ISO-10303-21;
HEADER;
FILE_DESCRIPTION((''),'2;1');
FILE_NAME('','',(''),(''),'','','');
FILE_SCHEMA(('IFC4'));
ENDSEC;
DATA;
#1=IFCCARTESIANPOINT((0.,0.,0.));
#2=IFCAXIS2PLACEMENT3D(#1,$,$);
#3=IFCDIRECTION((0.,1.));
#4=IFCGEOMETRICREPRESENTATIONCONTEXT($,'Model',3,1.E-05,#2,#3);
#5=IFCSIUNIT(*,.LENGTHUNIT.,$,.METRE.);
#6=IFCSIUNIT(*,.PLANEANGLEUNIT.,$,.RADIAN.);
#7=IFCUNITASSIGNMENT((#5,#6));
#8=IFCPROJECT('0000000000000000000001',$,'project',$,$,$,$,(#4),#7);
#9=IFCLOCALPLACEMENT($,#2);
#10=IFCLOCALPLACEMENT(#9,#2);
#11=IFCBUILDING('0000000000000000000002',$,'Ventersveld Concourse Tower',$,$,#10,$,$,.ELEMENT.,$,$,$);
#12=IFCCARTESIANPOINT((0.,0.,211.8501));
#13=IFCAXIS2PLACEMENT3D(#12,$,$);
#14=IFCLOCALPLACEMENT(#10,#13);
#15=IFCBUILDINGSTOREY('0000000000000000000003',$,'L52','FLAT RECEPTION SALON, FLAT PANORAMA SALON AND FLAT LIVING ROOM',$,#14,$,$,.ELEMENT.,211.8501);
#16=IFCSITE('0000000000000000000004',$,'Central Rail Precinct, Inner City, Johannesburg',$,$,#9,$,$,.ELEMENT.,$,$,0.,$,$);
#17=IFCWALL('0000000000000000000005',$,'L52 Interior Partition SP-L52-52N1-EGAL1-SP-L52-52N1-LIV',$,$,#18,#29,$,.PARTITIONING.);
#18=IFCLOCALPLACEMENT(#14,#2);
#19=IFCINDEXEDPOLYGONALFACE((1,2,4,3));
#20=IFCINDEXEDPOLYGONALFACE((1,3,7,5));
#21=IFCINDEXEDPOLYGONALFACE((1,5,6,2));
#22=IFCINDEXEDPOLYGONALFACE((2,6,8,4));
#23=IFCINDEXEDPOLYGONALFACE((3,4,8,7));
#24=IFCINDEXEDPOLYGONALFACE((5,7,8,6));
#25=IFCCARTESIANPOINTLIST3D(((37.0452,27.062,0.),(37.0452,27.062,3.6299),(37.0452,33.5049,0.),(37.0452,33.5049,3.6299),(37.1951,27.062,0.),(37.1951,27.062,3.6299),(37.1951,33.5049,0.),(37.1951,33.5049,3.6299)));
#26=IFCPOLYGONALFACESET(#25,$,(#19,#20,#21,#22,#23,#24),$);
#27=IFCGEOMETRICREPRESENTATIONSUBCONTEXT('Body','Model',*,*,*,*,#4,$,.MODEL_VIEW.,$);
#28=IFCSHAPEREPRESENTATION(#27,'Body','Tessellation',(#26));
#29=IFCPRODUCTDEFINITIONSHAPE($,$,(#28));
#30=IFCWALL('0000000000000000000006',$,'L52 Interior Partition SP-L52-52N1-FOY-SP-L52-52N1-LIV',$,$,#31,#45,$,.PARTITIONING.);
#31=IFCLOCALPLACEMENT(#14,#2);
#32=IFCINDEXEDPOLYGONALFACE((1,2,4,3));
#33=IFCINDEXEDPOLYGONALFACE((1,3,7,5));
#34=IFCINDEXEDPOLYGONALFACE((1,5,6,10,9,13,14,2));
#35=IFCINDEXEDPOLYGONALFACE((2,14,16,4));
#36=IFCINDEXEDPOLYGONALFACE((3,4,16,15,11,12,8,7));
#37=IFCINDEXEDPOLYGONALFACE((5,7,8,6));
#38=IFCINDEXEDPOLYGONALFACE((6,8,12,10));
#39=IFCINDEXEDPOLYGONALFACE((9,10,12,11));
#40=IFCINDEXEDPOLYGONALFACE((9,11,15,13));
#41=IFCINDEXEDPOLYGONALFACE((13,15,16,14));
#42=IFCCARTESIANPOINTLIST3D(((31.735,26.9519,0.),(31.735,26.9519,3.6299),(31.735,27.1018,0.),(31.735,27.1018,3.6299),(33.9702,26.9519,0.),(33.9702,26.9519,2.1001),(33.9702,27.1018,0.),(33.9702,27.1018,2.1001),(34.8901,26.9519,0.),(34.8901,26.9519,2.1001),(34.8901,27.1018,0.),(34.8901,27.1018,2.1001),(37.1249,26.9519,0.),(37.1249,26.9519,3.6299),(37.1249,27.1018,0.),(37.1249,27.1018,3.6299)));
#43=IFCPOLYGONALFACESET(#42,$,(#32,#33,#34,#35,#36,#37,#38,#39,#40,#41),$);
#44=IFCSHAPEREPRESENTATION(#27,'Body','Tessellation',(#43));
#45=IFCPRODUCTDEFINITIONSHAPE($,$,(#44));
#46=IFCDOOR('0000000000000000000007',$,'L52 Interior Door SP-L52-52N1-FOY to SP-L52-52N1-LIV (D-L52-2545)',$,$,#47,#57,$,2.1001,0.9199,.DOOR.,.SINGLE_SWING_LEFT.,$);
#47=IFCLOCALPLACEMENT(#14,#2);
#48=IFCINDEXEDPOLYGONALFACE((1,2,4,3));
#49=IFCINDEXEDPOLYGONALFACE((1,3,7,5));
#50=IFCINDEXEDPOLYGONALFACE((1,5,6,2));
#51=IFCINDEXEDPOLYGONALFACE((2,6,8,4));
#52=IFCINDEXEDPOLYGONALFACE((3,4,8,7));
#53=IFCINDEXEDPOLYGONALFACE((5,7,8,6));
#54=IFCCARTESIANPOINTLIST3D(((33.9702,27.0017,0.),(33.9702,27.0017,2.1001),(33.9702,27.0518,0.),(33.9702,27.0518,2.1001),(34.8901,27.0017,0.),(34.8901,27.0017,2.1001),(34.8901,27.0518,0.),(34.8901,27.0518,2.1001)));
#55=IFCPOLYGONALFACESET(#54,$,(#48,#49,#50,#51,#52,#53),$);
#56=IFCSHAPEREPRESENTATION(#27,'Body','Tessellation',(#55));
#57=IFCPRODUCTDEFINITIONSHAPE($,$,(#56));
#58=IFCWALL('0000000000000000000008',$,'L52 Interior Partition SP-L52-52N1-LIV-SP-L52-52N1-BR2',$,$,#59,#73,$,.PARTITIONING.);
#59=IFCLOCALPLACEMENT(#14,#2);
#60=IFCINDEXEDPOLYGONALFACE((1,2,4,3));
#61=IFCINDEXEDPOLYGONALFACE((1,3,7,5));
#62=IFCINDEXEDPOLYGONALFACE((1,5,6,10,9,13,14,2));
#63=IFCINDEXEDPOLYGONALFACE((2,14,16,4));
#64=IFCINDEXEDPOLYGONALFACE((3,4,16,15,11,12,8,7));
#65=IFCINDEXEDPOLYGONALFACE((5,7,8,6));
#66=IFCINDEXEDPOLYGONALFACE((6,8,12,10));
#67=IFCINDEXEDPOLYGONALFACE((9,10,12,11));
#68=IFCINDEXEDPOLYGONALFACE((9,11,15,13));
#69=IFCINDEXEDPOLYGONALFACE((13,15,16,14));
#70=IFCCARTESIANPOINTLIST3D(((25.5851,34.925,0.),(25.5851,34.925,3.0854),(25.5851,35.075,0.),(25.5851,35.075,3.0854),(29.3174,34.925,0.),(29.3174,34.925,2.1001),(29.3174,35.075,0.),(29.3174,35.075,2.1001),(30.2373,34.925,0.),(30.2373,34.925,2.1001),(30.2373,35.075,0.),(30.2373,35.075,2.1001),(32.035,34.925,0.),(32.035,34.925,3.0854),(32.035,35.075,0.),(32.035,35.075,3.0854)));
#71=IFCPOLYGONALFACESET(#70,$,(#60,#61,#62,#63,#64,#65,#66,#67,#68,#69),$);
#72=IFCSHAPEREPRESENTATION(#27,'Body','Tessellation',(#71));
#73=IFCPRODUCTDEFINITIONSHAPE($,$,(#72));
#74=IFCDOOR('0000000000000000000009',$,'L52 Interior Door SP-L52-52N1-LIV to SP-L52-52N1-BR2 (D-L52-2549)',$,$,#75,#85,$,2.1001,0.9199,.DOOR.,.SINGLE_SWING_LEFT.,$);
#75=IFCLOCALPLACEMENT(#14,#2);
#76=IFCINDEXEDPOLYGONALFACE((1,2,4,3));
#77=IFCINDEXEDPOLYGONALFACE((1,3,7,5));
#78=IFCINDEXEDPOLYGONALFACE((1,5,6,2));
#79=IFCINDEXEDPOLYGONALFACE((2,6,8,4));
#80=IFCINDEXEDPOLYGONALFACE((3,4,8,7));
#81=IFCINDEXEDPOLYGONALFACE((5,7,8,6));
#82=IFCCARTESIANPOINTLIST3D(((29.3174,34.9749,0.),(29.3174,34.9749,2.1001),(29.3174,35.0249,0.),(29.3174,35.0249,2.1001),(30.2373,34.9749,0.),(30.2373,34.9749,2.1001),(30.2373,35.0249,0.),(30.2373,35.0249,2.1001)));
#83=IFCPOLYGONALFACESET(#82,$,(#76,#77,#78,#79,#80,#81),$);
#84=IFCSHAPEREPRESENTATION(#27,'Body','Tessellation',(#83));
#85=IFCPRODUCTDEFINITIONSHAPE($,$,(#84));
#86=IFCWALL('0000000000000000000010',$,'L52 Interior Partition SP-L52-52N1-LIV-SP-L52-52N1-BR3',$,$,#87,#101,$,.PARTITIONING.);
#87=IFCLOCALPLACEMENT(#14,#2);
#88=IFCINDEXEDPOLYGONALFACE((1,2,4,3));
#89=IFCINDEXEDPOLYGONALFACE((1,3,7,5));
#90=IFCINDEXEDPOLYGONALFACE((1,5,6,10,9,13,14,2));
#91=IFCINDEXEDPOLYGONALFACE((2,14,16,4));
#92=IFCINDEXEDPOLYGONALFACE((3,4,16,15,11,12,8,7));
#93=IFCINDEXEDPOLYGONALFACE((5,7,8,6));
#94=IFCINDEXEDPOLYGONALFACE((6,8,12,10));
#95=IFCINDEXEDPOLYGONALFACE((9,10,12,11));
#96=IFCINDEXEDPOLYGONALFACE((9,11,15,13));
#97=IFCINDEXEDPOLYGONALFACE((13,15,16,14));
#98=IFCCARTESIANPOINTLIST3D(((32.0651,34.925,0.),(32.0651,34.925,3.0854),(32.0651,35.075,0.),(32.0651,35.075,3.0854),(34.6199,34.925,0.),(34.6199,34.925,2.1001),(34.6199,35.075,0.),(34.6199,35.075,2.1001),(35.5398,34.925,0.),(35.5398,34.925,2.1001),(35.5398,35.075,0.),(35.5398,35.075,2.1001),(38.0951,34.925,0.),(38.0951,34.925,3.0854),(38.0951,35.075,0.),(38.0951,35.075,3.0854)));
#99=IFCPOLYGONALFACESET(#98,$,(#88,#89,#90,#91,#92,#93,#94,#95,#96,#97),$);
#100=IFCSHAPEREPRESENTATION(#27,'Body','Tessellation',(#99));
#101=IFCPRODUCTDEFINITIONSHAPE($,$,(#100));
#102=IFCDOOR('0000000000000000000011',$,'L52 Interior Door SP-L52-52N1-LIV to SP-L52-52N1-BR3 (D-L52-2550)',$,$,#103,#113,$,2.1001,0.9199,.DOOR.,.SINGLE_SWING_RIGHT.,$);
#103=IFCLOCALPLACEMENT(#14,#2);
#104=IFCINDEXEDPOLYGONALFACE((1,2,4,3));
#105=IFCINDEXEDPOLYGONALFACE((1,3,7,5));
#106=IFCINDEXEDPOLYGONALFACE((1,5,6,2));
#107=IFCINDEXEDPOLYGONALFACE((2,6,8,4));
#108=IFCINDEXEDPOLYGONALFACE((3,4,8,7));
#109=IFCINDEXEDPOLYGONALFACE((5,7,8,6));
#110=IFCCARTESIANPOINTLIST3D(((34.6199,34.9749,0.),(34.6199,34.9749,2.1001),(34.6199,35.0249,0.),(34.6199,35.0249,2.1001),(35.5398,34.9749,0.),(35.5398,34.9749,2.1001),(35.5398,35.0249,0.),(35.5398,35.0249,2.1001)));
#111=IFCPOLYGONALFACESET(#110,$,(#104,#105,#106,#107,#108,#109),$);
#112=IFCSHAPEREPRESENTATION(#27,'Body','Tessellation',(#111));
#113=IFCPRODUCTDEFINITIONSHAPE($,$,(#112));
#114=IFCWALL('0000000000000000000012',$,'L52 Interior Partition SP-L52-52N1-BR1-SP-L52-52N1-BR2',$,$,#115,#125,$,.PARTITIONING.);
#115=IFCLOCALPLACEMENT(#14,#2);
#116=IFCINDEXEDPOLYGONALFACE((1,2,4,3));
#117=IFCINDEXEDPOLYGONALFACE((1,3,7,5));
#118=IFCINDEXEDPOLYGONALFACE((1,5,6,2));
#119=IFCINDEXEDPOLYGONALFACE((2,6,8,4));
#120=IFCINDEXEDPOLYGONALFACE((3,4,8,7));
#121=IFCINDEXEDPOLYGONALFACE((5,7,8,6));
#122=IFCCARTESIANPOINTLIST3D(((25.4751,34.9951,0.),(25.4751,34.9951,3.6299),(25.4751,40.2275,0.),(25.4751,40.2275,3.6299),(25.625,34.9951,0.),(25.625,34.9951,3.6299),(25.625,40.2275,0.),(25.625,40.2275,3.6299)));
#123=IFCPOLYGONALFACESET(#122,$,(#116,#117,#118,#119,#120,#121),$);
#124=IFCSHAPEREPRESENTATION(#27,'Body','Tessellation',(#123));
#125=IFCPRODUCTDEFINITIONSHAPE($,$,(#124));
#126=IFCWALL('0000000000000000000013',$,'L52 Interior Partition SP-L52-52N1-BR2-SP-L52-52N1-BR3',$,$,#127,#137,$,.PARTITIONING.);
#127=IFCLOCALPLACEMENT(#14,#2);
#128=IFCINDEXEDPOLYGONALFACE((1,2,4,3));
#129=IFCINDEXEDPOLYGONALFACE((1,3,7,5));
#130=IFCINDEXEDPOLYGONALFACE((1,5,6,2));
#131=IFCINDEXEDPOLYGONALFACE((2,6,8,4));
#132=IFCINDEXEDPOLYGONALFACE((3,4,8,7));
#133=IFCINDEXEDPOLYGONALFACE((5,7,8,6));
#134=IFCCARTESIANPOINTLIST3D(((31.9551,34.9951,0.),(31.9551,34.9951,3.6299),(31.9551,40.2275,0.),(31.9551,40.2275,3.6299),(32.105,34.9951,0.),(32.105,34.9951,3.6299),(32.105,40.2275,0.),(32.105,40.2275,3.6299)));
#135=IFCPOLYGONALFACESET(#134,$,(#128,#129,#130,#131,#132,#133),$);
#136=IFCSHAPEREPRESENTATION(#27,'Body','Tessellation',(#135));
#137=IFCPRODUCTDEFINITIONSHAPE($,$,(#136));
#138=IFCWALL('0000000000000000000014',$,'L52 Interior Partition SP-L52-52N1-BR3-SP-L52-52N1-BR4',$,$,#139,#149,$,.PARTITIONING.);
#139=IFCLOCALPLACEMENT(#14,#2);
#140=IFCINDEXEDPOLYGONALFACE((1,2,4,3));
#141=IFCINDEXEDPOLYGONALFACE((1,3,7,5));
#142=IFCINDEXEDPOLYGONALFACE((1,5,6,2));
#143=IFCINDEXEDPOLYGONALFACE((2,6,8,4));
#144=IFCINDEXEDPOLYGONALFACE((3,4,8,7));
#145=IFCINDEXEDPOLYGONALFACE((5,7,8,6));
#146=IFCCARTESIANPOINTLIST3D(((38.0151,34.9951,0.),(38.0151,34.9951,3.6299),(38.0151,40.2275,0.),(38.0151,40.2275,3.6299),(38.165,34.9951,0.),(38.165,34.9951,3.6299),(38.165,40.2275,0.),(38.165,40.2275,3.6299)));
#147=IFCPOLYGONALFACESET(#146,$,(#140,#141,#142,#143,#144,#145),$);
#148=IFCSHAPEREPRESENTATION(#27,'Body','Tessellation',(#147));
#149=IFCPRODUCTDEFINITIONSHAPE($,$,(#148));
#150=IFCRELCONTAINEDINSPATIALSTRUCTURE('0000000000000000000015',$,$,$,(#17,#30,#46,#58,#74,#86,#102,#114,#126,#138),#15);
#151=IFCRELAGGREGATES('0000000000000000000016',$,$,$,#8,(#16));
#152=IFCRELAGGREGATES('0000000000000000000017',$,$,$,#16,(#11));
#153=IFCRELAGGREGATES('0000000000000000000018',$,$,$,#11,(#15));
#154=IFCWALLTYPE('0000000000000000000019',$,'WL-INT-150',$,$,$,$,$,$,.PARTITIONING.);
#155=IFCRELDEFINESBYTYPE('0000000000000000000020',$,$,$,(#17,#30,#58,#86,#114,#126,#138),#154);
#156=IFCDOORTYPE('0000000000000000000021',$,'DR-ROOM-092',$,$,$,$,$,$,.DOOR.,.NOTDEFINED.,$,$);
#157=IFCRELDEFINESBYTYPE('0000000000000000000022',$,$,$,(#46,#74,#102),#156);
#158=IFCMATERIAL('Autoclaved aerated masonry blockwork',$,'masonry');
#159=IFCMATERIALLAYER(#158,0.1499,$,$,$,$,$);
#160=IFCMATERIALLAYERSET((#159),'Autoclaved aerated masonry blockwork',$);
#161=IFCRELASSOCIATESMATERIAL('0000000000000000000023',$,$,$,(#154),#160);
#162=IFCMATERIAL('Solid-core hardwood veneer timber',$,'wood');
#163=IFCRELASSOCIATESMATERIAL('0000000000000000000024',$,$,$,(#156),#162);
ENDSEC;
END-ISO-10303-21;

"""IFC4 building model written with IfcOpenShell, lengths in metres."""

from ifc_helpers import new_model, si_unit, direction, frame, frame_2d, origin, place, context, subcontext, project, spatial, rectangle, extrude, material, layer, layer_set, type_object, element, fill, save


model = new_model("IFC4")

# Units and contexts
model_context = context("Model", 3, precision=1e-05, world=origin(), true_north=direction((0.0, 1.0)))
body_context = subcontext(model_context, "Body", "Model", "MODEL_VIEW")
ifc_project = project(units=[si_unit("LENGTHUNIT", "METRE"), si_unit("PLANEANGLEUNIT", "RADIAN")], contexts=[model_context])

# Site, building, storey
site_placement = place(None, origin())
site = spatial("IfcSite", under=ifc_project, at=site_placement, Name="Central Rail Precinct, Inner City, Johannesburg", CompositionType="ELEMENT", RefElevation=0.0)
building_placement = place(site_placement, origin())
building = spatial("IfcBuilding", under=site, at=building_placement, Name="Ventersveld Concourse Tower", CompositionType="ELEMENT")
storey_placement = place(building_placement, frame((0.0, 0.0, 211.8501)))
storey = spatial("IfcBuildingStorey", under=building, at=storey_placement, Name="L52", Description="FLAT RECEPTION SALON, FLAT PANORAMA SALON AND FLAT LIVING ROOM", CompositionType="ELEMENT", Elevation=211.8501)

# Shared definitions
ifc_material_1 = material(Name="Autoclaved aerated masonry blockwork", Category="masonry")
ifc_layer = layer(ifc_material_1, 0.1499)
ifc_layer_set = layer_set([ifc_layer], Name="Autoclaved aerated masonry blockwork")
wall_type = type_object("IfcWallType", Name="WL-INT-150", PredefinedType="PARTITIONING", material=ifc_layer_set)

# Shared definitions
ifc_material_2 = material(Name="Solid-core hardwood veneer timber", Category="wood")
door_type = type_object("IfcDoorType", Name="DR-ROOM-092", OperationType="NOTDEFINED", PredefinedType="DOOR", material=ifc_material_2)

# Wall
wall_1_placement = place(storey_placement, frame((37.1201, 27.062, 0.0), z_axis=(0.0, 0.0, 1.0), x_axis=(0.0, 1.0, 0.0)))
element("IfcWall", 1, at=wall_1_placement, inside=storey, type_object=wall_type, Name="L52 Interior Partition SP-L52-52N1-EGAL1-SP-L52-52N1-LIV", PredefinedType="PARTITIONING", context=body_context, shape_type="SweptSolid", body=[
    extrude(rectangle(XDim=6.4429, YDim=0.1499, at=frame_2d((3.2214, 0.0))), origin(), (0.0, 0.0, 1.0), 3.6299),
])

# Walls, openings, doors
wall_2_placement = place(storey_placement, frame((31.7351, 27.0269, 0.0), z_axis=(0.0, 0.0, 1.0), x_axis=(1.0, 0.0, 0.0)))
wall_2 = element("IfcWall", 2, at=wall_2_placement, inside=storey, type_object=wall_type, Name="L52 Interior Partition SP-L52-52N1-FOY-SP-L52-52N1-LIV", PredefinedType="PARTITIONING", context=body_context, shape_type="SweptSolid", body=[
    extrude(rectangle(XDim=5.3899, YDim=0.1499, at=frame_2d((2.6948, 0.0))), origin(), (0.0, 0.0, 1.0), 3.6299),
])
opening_1_placement = place(wall_2_placement, frame((2.2351, 0.0, 0.0)))
opening_1 = element("IfcOpeningElement", 3, at=opening_1_placement, cuts=wall_2, PredefinedType="OPENING", context=body_context, shape_type="SweptSolid", body=[
    extrude(rectangle(XDim=0.9199, YDim=2.1001, at=frame_2d((0.46, 1.05))), frame((0.0, 0.085, 0.0), z_axis=(0.0, -1.0, 0.0), x_axis=(1.0, 0.0, 0.0)), (0.0, 0.0, 1.0), 0.1699),
])
door_1_placement = place(opening_1_placement, origin())
door_1 = element("IfcDoor", 4, at=door_1_placement, inside=storey, type_object=door_type, Name="L52 Interior Door SP-L52-52N1-FOY to SP-L52-52N1-LIV (D-L52-2545)", OperationType="SINGLE_SWING_LEFT", OverallHeight=2.1001, OverallWidth=0.9199, PredefinedType="DOOR", context=body_context, shape_type="SweptSolid", body=[
    extrude(rectangle(XDim=0.9199, YDim=2.1001, at=frame_2d((0.46, 1.05))), frame((0.0, 0.0249, 0.0), z_axis=(0.0, -1.0, 0.0), x_axis=(1.0, 0.0, 0.0)), (0.0, 0.0, 1.0), 0.05),
])
fill(opening_1, door_1)
wall_3_placement = place(storey_placement, frame((25.585, 35.0, 0.0), z_axis=(0.0, 0.0, 1.0), x_axis=(1.0, 0.0, 0.0)))
wall_3 = element("IfcWall", 5, at=wall_3_placement, inside=storey, type_object=wall_type, Name="L52 Interior Partition SP-L52-52N1-LIV-SP-L52-52N1-BR2", PredefinedType="PARTITIONING", context=body_context, shape_type="SweptSolid", body=[
    extrude(rectangle(XDim=6.45, YDim=0.1499, at=frame_2d((3.2251, 0.0))), origin(), (0.0, 0.0, 1.0), 3.0854),
])
opening_2_placement = place(wall_3_placement, frame((3.7324, 0.0, 0.0)))
opening_2 = element("IfcOpeningElement", 6, at=opening_2_placement, cuts=wall_3, PredefinedType="OPENING", context=body_context, shape_type="SweptSolid", body=[
    extrude(rectangle(XDim=0.9199, YDim=2.1001, at=frame_2d((0.46, 1.05))), frame((0.0, 0.085, 0.0), z_axis=(0.0, -1.0, 0.0), x_axis=(1.0, 0.0, 0.0)), (0.0, 0.0, 1.0), 0.1699),
])
door_2_placement = place(opening_2_placement, origin())
door_2 = element("IfcDoor", 7, at=door_2_placement, inside=storey, type_object=door_type, Name="L52 Interior Door SP-L52-52N1-LIV to SP-L52-52N1-BR2 (D-L52-2549)", OperationType="SINGLE_SWING_LEFT", OverallHeight=2.1001, OverallWidth=0.9199, PredefinedType="DOOR", context=body_context, shape_type="SweptSolid", body=[
    extrude(rectangle(XDim=0.9199, YDim=2.1001, at=frame_2d((0.46, 1.05))), frame((0.0, 0.0249, 0.0), z_axis=(0.0, -1.0, 0.0), x_axis=(1.0, 0.0, 0.0)), (0.0, 0.0, 1.0), 0.05),
])
fill(opening_2, door_2)
wall_4_placement = place(storey_placement, frame((32.0649, 35.0, 0.0), z_axis=(0.0, 0.0, 1.0), x_axis=(1.0, 0.0, 0.0)))
wall_4 = element("IfcWall", 8, at=wall_4_placement, inside=storey, type_object=wall_type, Name="L52 Interior Partition SP-L52-52N1-LIV-SP-L52-52N1-BR3", PredefinedType="PARTITIONING", context=body_context, shape_type="SweptSolid", body=[
    extrude(rectangle(XDim=6.03, YDim=0.1499, at=frame_2d((3.0151, 0.0))), origin(), (0.0, 0.0, 1.0), 3.0854),
])
opening_3_placement = place(wall_4_placement, frame((2.5549, 0.0, 0.0)))
opening_3 = element("IfcOpeningElement", 9, at=opening_3_placement, cuts=wall_4, PredefinedType="OPENING", context=body_context, shape_type="SweptSolid", body=[
    extrude(rectangle(XDim=0.9199, YDim=2.1001, at=frame_2d((0.46, 1.05))), frame((0.0, 0.085, 0.0), z_axis=(0.0, -1.0, 0.0), x_axis=(1.0, 0.0, 0.0)), (0.0, 0.0, 1.0), 0.1699),
])
door_3_placement = place(opening_3_placement, origin())
door_3 = element("IfcDoor", 10, at=door_3_placement, inside=storey, type_object=door_type, Name="L52 Interior Door SP-L52-52N1-LIV to SP-L52-52N1-BR3 (D-L52-2550)", OperationType="SINGLE_SWING_RIGHT", OverallHeight=2.1001, OverallWidth=0.9199, PredefinedType="DOOR", context=body_context, shape_type="SweptSolid", body=[
    extrude(rectangle(XDim=0.9199, YDim=2.1001, at=frame_2d((0.46, 1.05))), frame((0.0, 0.0249, 0.0), z_axis=(0.0, -1.0, 0.0), x_axis=(1.0, 0.0, 0.0)), (0.0, 0.0, 1.0), 0.05),
])
fill(opening_3, door_3)

# Walls
for number, where, z_axis, x_axis, name in (
    (11, (25.55, 34.9951, 0.0), (0.0, 0.0, 1.0), (0.0, 1.0, 0.0), "L52 Interior Partition SP-L52-52N1-BR1-SP-L52-52N1-BR2"),
    (12, (32.03, 34.9951, 0.0), (0.0, 0.0, 1.0), (0.0, 1.0, 0.0), "L52 Interior Partition SP-L52-52N1-BR2-SP-L52-52N1-BR3"),
    (13, (38.0901, 34.9951, 0.0), (0.0, 0.0, 1.0), (0.0, 1.0, 0.0), "L52 Interior Partition SP-L52-52N1-BR3-SP-L52-52N1-BR4"),
):
    element("IfcWall", number, at=place(storey_placement, frame(where, z_axis=z_axis, x_axis=x_axis)), inside=storey, type_object=wall_type, Name=name, PredefinedType="PARTITIONING", context=body_context, shape_type="SweptSolid", body=[
        extrude(rectangle(XDim=5.2324, YDim=0.1499, at=frame_2d((2.6162, 0.0))), origin(), (0.0, 0.0, 1.0), 3.6299),
    ])

save(model, "model.ifc")
